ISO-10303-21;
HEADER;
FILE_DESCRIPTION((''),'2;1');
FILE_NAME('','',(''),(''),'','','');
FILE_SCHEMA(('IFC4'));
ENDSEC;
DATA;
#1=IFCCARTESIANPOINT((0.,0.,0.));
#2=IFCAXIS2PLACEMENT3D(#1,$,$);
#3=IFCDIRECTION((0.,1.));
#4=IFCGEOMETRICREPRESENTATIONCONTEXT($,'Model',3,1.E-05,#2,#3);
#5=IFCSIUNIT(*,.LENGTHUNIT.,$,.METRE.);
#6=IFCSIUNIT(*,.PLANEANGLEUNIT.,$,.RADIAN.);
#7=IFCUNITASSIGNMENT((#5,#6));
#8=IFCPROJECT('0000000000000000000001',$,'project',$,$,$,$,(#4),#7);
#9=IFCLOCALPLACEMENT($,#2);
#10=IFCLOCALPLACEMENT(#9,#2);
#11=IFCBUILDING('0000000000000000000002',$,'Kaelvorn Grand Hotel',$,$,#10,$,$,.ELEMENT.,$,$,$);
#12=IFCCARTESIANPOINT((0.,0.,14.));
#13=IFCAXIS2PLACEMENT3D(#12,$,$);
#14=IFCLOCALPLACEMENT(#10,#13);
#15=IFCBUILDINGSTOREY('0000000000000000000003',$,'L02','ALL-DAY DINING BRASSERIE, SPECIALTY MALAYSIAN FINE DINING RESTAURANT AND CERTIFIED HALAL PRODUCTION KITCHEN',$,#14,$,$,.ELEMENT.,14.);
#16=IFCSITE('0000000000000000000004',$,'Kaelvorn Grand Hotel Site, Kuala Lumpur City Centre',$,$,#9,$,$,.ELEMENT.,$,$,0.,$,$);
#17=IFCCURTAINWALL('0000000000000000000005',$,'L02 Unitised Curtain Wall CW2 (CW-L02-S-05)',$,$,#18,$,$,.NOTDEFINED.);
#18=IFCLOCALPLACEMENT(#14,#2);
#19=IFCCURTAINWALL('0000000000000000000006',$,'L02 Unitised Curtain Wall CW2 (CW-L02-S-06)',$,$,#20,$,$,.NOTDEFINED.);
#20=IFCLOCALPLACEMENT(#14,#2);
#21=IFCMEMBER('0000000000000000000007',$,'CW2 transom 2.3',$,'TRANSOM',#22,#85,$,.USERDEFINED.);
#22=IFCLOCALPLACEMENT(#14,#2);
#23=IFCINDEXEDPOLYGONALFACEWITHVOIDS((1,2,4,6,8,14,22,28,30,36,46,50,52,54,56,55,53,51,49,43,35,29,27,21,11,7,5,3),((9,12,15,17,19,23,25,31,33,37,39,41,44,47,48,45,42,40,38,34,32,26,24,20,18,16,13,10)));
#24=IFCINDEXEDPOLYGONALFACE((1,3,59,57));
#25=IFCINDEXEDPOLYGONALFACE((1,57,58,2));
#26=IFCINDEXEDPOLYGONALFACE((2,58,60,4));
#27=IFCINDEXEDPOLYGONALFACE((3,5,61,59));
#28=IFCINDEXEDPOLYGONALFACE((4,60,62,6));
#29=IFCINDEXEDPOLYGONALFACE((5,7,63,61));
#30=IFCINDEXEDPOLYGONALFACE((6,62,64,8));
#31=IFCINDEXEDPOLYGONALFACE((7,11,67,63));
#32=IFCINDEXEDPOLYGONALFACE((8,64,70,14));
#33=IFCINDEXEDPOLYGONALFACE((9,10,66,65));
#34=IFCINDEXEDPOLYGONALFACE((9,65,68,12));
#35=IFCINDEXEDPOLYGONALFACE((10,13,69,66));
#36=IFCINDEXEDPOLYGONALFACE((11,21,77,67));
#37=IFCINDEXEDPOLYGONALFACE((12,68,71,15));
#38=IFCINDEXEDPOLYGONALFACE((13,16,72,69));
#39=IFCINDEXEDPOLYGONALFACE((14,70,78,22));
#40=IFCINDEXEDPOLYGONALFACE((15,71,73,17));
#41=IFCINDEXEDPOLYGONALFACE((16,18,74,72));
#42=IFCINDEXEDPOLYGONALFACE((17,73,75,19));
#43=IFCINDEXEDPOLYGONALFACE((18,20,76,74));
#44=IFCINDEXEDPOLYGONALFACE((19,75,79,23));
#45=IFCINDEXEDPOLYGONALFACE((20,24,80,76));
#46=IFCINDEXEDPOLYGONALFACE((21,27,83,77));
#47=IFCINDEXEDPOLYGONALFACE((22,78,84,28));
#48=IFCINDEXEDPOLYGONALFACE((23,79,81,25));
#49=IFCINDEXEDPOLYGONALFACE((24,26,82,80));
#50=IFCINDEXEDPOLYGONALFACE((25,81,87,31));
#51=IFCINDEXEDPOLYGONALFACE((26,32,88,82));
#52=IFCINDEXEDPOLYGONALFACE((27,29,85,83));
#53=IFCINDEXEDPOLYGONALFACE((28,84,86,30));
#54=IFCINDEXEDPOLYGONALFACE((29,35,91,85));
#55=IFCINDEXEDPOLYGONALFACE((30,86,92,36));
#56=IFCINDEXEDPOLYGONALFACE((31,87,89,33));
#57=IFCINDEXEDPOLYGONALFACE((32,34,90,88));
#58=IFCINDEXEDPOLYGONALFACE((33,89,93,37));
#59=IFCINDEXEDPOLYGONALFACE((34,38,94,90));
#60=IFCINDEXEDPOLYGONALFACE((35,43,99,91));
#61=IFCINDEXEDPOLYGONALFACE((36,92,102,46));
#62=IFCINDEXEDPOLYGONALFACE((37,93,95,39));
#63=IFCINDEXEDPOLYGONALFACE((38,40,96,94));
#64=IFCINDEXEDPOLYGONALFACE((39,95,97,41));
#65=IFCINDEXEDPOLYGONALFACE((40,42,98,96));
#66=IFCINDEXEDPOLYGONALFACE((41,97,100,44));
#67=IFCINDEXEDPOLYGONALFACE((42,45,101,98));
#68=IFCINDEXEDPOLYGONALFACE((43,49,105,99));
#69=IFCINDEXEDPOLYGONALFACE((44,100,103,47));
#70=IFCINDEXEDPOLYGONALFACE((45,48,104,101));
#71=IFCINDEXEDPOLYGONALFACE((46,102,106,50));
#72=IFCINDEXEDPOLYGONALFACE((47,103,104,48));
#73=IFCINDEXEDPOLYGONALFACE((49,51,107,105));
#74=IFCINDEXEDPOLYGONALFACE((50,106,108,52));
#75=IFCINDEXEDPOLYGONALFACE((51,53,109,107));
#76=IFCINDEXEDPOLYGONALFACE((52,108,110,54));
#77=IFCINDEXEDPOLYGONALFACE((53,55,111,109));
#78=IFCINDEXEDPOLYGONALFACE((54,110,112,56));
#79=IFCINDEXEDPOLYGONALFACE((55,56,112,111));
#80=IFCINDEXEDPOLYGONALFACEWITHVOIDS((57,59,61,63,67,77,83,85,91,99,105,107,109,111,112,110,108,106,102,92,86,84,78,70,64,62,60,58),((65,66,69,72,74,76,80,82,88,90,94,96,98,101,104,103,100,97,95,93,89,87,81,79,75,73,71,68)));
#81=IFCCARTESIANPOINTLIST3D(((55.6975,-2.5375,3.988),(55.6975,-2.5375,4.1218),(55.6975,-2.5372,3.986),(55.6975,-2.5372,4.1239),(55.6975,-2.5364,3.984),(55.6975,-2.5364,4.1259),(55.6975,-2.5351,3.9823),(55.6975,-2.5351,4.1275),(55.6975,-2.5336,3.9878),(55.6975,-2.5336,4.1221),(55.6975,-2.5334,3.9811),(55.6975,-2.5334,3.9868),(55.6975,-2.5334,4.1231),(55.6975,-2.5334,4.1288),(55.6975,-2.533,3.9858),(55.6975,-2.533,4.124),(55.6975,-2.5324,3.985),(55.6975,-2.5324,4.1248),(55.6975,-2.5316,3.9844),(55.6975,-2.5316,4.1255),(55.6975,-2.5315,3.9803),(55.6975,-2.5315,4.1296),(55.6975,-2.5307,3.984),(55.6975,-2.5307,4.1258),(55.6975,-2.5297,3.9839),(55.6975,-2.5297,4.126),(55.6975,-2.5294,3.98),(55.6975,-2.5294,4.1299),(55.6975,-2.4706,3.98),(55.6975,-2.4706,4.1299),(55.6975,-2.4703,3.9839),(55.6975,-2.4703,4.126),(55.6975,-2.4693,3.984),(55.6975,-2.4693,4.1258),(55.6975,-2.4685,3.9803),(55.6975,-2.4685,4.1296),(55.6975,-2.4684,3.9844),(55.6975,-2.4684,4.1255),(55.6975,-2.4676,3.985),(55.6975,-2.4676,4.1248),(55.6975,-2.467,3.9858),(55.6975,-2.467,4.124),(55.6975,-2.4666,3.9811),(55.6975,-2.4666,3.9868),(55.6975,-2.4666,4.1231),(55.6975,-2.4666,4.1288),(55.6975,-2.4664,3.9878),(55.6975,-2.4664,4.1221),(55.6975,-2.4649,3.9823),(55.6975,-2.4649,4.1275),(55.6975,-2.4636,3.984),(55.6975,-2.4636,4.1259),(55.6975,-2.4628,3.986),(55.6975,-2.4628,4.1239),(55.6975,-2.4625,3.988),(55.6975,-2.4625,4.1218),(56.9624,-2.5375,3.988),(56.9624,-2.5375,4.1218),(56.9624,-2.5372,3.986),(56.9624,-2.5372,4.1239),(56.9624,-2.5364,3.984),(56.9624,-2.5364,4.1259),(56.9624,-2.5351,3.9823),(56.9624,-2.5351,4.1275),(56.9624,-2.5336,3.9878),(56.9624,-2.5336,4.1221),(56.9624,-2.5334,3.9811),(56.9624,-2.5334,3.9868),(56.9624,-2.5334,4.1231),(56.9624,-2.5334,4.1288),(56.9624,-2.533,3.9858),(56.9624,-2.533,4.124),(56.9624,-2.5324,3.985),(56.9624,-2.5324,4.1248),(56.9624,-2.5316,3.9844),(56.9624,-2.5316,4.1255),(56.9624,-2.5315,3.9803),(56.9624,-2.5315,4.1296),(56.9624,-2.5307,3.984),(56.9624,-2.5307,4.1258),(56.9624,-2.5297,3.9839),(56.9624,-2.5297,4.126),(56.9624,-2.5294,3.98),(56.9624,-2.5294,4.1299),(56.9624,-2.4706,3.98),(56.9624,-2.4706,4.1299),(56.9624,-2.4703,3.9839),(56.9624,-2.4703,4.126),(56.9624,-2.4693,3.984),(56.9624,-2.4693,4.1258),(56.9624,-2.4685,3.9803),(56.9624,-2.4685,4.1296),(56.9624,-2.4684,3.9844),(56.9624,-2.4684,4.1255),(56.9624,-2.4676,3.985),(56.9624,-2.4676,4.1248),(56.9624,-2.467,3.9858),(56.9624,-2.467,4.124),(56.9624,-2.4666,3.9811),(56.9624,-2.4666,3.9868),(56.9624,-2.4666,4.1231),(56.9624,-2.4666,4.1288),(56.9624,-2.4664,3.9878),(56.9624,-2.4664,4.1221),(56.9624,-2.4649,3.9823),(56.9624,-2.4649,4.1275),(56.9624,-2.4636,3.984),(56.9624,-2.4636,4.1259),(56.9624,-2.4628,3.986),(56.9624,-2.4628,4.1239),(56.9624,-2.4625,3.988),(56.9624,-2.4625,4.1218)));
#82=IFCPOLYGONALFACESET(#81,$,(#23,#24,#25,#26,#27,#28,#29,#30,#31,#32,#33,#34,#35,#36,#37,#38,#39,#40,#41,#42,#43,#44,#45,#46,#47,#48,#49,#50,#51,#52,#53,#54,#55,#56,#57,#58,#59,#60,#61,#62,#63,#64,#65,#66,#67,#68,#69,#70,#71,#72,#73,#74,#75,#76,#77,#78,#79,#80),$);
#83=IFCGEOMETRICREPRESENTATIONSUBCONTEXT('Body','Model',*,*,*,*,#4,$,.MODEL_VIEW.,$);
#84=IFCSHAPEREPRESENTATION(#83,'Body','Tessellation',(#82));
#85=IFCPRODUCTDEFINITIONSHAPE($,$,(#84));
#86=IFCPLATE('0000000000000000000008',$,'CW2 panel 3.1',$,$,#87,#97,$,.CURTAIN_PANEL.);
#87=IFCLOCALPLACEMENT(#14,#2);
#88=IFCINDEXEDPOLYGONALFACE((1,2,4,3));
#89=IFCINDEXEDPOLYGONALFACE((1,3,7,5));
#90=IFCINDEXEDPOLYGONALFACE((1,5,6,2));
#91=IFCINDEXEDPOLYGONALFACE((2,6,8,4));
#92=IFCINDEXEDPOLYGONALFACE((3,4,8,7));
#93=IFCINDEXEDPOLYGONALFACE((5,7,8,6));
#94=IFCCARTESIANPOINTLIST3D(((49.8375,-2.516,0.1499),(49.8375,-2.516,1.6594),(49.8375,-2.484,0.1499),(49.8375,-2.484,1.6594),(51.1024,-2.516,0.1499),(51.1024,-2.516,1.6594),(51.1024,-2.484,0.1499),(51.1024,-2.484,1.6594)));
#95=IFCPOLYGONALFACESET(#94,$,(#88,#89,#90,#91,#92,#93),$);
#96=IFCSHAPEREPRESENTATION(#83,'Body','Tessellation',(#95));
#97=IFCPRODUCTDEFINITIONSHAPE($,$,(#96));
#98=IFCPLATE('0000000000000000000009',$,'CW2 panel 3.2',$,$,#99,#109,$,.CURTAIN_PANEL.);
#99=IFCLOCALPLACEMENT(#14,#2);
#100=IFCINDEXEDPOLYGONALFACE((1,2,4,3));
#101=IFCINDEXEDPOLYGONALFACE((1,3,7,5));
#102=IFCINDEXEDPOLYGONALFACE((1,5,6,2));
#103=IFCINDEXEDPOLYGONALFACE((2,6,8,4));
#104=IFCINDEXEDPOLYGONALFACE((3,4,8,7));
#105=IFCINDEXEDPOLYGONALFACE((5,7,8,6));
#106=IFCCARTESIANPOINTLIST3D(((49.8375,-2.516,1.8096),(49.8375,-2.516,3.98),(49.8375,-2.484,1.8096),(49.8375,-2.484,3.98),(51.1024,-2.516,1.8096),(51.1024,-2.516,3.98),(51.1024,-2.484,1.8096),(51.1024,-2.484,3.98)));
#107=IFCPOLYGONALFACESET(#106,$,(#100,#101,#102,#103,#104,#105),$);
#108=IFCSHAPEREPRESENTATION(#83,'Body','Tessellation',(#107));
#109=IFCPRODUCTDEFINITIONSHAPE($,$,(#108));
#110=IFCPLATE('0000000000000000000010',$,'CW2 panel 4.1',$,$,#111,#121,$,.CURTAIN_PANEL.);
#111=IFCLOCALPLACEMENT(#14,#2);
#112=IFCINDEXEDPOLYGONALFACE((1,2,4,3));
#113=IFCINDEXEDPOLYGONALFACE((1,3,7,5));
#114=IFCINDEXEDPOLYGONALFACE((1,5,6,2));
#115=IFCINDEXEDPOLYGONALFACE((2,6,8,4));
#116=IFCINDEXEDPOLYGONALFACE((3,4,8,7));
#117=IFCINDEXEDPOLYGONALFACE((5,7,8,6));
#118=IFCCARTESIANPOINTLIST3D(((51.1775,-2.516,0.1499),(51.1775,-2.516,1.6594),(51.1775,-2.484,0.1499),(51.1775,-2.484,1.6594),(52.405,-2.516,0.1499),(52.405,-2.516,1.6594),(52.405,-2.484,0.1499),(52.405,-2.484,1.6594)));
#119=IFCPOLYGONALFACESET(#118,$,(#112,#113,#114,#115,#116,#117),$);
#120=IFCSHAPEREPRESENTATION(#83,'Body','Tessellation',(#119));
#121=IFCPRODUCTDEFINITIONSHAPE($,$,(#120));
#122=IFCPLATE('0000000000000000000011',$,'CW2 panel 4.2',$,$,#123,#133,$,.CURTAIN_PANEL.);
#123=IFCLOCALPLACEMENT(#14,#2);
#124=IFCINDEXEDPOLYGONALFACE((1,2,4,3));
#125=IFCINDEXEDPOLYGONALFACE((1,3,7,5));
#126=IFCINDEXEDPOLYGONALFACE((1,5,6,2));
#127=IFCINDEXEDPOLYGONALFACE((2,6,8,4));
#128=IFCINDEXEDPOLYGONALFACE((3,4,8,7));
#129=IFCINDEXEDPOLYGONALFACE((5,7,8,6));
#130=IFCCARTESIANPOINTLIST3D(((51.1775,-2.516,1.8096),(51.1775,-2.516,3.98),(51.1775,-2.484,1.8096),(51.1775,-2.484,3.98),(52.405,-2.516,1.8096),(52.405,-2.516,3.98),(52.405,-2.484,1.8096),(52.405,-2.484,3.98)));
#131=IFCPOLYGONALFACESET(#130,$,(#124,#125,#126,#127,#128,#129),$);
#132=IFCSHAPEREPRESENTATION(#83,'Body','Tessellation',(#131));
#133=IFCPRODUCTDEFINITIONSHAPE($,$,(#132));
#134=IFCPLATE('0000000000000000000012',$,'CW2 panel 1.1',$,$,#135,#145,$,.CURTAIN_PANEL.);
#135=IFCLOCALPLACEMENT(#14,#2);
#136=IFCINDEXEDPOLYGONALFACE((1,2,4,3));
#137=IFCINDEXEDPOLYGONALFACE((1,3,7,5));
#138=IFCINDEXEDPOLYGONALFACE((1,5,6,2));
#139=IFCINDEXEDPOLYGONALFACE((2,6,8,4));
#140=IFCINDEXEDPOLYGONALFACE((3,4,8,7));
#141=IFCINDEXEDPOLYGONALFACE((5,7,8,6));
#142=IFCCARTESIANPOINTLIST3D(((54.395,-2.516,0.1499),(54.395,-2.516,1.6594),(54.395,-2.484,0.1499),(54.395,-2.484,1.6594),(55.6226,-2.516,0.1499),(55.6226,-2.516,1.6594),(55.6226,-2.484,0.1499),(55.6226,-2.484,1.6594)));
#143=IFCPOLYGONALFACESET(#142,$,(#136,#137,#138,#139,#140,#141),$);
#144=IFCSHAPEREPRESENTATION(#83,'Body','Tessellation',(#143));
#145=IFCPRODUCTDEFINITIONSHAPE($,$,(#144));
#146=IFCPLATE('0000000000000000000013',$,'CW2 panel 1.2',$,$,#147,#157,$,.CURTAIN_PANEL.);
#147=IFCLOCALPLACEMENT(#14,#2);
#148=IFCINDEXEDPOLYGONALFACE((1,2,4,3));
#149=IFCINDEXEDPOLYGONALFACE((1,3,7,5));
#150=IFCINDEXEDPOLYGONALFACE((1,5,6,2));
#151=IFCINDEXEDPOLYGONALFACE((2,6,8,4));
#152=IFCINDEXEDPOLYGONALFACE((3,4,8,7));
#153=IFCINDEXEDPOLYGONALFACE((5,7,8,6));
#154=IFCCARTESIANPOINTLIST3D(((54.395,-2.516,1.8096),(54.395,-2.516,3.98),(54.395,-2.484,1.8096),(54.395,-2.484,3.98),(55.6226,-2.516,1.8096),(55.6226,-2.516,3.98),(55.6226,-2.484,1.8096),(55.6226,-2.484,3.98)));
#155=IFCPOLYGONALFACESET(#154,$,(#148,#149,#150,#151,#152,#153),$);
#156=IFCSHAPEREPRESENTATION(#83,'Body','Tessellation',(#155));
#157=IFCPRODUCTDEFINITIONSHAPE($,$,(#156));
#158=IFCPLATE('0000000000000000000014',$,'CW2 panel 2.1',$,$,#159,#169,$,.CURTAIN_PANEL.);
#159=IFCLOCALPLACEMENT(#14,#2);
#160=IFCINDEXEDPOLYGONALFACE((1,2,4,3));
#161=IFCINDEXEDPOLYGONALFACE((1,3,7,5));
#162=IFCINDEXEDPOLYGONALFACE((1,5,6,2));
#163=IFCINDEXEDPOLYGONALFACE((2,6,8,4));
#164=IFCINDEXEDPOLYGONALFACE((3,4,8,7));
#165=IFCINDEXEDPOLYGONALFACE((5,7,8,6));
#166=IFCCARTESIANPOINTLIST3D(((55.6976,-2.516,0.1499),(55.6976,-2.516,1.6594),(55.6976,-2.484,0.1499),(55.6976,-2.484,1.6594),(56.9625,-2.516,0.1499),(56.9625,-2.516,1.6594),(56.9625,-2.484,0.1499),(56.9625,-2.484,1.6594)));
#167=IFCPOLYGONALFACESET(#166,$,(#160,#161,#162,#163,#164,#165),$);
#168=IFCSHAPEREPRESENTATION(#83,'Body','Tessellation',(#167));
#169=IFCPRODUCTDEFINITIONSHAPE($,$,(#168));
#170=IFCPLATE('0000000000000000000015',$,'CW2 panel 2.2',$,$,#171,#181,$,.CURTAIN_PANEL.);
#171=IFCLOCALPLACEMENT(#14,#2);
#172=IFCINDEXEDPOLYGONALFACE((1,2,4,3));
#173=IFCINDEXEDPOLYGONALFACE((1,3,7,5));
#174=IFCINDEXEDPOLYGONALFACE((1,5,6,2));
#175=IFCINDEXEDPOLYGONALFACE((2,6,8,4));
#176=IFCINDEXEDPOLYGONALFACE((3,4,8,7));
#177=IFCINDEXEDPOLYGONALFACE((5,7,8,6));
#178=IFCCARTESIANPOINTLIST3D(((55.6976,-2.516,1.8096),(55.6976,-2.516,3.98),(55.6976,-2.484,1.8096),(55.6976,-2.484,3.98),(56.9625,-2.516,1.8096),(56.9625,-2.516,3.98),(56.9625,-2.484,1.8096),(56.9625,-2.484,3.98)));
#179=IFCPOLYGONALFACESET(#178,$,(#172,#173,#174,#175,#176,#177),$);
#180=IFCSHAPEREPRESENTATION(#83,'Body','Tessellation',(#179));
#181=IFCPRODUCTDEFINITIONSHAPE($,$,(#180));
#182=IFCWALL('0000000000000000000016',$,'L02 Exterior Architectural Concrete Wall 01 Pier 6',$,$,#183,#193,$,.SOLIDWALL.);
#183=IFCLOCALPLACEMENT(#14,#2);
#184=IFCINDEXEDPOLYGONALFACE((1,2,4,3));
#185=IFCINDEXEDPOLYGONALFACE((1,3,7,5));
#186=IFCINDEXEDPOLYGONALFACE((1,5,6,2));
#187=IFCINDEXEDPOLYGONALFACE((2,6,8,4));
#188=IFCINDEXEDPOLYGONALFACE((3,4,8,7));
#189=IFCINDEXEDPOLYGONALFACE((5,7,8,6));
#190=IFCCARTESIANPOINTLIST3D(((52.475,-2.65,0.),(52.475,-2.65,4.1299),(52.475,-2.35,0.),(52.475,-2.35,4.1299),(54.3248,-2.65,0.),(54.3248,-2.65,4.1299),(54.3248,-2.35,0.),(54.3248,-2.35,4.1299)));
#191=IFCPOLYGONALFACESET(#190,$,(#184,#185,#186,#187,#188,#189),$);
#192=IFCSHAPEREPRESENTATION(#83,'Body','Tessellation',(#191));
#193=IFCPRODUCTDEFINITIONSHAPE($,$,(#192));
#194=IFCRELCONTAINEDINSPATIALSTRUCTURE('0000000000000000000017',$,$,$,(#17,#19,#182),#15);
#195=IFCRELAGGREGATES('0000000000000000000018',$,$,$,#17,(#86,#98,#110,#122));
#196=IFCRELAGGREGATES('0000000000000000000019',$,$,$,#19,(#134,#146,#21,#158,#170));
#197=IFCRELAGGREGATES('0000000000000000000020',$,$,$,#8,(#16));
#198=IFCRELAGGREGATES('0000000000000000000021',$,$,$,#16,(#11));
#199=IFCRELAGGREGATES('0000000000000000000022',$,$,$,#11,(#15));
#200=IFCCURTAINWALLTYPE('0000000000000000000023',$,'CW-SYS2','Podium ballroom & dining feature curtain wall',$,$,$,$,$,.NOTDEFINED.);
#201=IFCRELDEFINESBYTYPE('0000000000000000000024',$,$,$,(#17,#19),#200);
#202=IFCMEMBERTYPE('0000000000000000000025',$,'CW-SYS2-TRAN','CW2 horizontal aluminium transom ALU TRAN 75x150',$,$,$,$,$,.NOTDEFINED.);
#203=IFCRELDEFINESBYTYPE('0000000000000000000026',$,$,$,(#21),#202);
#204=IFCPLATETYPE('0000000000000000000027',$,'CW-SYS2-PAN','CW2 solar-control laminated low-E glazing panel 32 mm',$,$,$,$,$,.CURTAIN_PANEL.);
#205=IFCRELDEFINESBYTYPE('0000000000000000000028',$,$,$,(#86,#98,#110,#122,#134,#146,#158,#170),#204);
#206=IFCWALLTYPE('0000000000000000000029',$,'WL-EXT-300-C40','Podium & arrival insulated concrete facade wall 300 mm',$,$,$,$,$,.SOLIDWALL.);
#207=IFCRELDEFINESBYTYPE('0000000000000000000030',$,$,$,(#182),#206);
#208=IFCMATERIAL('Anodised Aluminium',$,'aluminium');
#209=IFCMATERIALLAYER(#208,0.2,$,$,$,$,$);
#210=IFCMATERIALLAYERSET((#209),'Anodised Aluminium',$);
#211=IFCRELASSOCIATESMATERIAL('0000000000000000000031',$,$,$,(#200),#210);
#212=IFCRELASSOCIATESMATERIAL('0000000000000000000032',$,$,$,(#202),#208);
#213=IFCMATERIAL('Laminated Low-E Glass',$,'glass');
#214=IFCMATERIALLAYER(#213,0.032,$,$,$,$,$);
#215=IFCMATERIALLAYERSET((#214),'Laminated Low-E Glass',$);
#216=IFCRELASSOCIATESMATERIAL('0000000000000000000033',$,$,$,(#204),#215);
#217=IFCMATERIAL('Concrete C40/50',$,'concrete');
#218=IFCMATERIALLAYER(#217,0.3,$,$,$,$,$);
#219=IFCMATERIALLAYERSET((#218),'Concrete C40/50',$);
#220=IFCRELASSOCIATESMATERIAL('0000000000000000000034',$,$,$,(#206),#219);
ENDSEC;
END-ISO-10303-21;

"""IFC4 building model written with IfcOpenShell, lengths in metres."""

from ifc_helpers import new_model, si_unit, direction, frame, frame_2d, origin, origin_2d, place, context, subcontext, project, spatial, rectangle, hollow_rectangle, extrude, material, layer, layer_set, material_profile, profile_set, type_object, element, aggregate, save


model = new_model("IFC4")

# Units and contexts
model_context = context("Model", 3, precision=1e-05, world=origin(), true_north=direction((0.0, 1.0)))
body_context = subcontext(model_context, "Body", "Model", "MODEL_VIEW")
ifc_project = project(units=[si_unit("LENGTHUNIT", "METRE"), si_unit("PLANEANGLEUNIT", "RADIAN")], contexts=[model_context])

# Site, building, storey
site_placement = place(None, origin())
site = spatial("IfcSite", under=ifc_project, at=site_placement, Name="Kaelvorn Grand Hotel Site, Kuala Lumpur City Centre", CompositionType="ELEMENT", RefElevation=0.0)
building_placement = place(site_placement, origin())
building = spatial("IfcBuilding", under=site, at=building_placement, Name="Kaelvorn Grand Hotel", CompositionType="ELEMENT")
storey_placement = place(building_placement, frame((0.0, 0.0, 14.0)))
storey = spatial("IfcBuildingStorey", under=building, at=storey_placement, Name="L02", Description="ALL-DAY DINING BRASSERIE, SPECIALTY MALAYSIAN FINE DINING RESTAURANT AND CERTIFIED HALAL PRODUCTION KITCHEN", CompositionType="ELEMENT", Elevation=14.0)

# Curtain walls
ifc_material_1 = material(Name="Anodised Aluminium", Category="aluminium")
ifc_layer_1 = layer(ifc_material_1, 0.2)
ifc_layer_set_1 = layer_set([ifc_layer_1], Name="Anodised Aluminium")
curtain_wall_type = type_object("IfcCurtainWallType", Name="CW-SYS2", Description="Podium ballroom & dining feature curtain wall", PredefinedType="NOTDEFINED", material=ifc_layer_set_1)
curtain_wall_1_placement = place(storey_placement, origin())
curtain_wall_1 = element("IfcCurtainWall", 1, at=curtain_wall_1_placement, inside=storey, type_object=curtain_wall_type, Name="L02 Unitised Curtain Wall CW2 (CW-L02-S-05)", PredefinedType="NOTDEFINED")
curtain_wall_2_placement = place(storey_placement, origin())
curtain_wall_2 = element("IfcCurtainWall", 2, at=curtain_wall_2_placement, inside=storey, type_object=curtain_wall_type, Name="L02 Unitised Curtain Wall CW2 (CW-L02-S-06)", PredefinedType="NOTDEFINED")

# Member
ifc_material_profile_1 = material_profile(ifc_material_1, hollow_rectangle(XDim=0.075, YDim=0.1499, WallThickness=0.0039, InnerFilletRadius=0.0039, OuterFilletRadius=0.0081, at=origin_2d()), Name="ALU TRAN 75x150")
ifc_profile_set_1 = profile_set([ifc_material_profile_1], Name="Anodised Aluminium")
member_type_1 = type_object("IfcMemberType", Name="CW-SYS2-TRAN", Description="CW2 horizontal aluminium transom ALU TRAN 75x150", PredefinedType="NOTDEFINED", material=ifc_profile_set_1)
member_1_placement = place(storey_placement, frame((55.6975, -2.5, 4.0549), z_axis=(1.0, 0.0, 0.0), x_axis=(0.0, 1.0, 0.0)))
member_1 = element("IfcMember", 3, at=member_1_placement, type_object=member_type_1, Name="CW2 transom 2.3", ObjectType="TRANSOM", PredefinedType="USERDEFINED", context=body_context, shape_type="SweptSolid", body=[
    extrude(hollow_rectangle(XDim=0.075, YDim=0.1499, WallThickness=0.0039, InnerFilletRadius=0.0039, OuterFilletRadius=0.0081, at=origin_2d()), origin(), (0.0, 0.0, 1.0), 1.2649),
])

# Plates
ifc_material_2 = material(Name="Laminated Low-E Glass", Category="glass")
ifc_layer_2 = layer(ifc_material_2, 0.032)
ifc_layer_set_2 = layer_set([ifc_layer_2], Name="Laminated Low-E Glass")
plate_type = type_object("IfcPlateType", Name="CW-SYS2-PAN", Description="CW2 solar-control laminated low-E glazing panel 32 mm", PredefinedType="CURTAIN_PANEL", material=ifc_layer_set_2)
plate_1_placement = place(storey_placement, frame((50.47, -2.5, 0.1499), z_axis=(0.0, 0.0, 1.0), x_axis=(1.0, 0.0, 0.0)))
plate_1 = element("IfcPlate", 4, at=plate_1_placement, type_object=plate_type, Name="CW2 panel 3.1", PredefinedType="CURTAIN_PANEL", context=body_context, shape_type="SweptSolid", body=[
    extrude(rectangle(XDim=1.2649, YDim=0.032, at=origin_2d()), origin(), (0.0, 0.0, 1.0), 1.5095),
])
plate_2_placement = place(storey_placement, frame((50.47, -2.5, 1.8096), z_axis=(0.0, 0.0, 1.0), x_axis=(1.0, 0.0, 0.0)))
plate_2 = element("IfcPlate", 5, at=plate_2_placement, type_object=plate_type, Name="CW2 panel 3.2", PredefinedType="CURTAIN_PANEL", context=body_context, shape_type="SweptSolid", body=[
    extrude(rectangle(XDim=1.2649, YDim=0.032, at=origin_2d()), origin(), (0.0, 0.0, 1.0), 2.1704),
])
plate_3_placement = place(storey_placement, frame((51.7913, -2.5, 0.1499), z_axis=(0.0, 0.0, 1.0), x_axis=(1.0, 0.0, 0.0)))
plate_3 = element("IfcPlate", 6, at=plate_3_placement, type_object=plate_type, Name="CW2 panel 4.1", PredefinedType="CURTAIN_PANEL", context=body_context, shape_type="SweptSolid", body=[
    extrude(rectangle(XDim=1.2275, YDim=0.032, at=origin_2d()), origin(), (0.0, 0.0, 1.0), 1.5095),
])
plate_4_placement = place(storey_placement, frame((51.7913, -2.5, 1.8096), z_axis=(0.0, 0.0, 1.0), x_axis=(1.0, 0.0, 0.0)))
plate_4 = element("IfcPlate", 7, at=plate_4_placement, type_object=plate_type, Name="CW2 panel 4.2", PredefinedType="CURTAIN_PANEL", context=body_context, shape_type="SweptSolid", body=[
    extrude(rectangle(XDim=1.2275, YDim=0.032, at=origin_2d()), origin(), (0.0, 0.0, 1.0), 2.1704),
])
aggregate(curtain_wall_1, [plate_1, plate_2, plate_3, plate_4])
plate_5_placement = place(storey_placement, frame((55.0088, -2.5, 0.1499), z_axis=(0.0, 0.0, 1.0), x_axis=(1.0, 0.0, 0.0)))
plate_5 = element("IfcPlate", 8, at=plate_5_placement, type_object=plate_type, Name="CW2 panel 1.1", PredefinedType="CURTAIN_PANEL", context=body_context, shape_type="SweptSolid", body=[
    extrude(rectangle(XDim=1.2275, YDim=0.032, at=origin_2d()), origin(), (0.0, 0.0, 1.0), 1.5095),
])
plate_6_placement = place(storey_placement, frame((55.0088, -2.5, 1.8096), z_axis=(0.0, 0.0, 1.0), x_axis=(1.0, 0.0, 0.0)))
plate_6 = element("IfcPlate", 9, at=plate_6_placement, type_object=plate_type, Name="CW2 panel 1.2", PredefinedType="CURTAIN_PANEL", context=body_context, shape_type="SweptSolid", body=[
    extrude(rectangle(XDim=1.2275, YDim=0.032, at=origin_2d()), origin(), (0.0, 0.0, 1.0), 2.1704),
])
plate_7_placement = place(storey_placement, frame((56.3301, -2.5, 0.1499), z_axis=(0.0, 0.0, 1.0), x_axis=(1.0, 0.0, 0.0)))
plate_7 = element("IfcPlate", 10, at=plate_7_placement, type_object=plate_type, Name="CW2 panel 2.1", PredefinedType="CURTAIN_PANEL", context=body_context, shape_type="SweptSolid", body=[
    extrude(rectangle(XDim=1.2649, YDim=0.032, at=origin_2d()), origin(), (0.0, 0.0, 1.0), 1.5095),
])
plate_8_placement = place(storey_placement, frame((56.3301, -2.5, 1.8096), z_axis=(0.0, 0.0, 1.0), x_axis=(1.0, 0.0, 0.0)))
plate_8 = element("IfcPlate", 11, at=plate_8_placement, type_object=plate_type, Name="CW2 panel 2.2", PredefinedType="CURTAIN_PANEL", context=body_context, shape_type="SweptSolid", body=[
    extrude(rectangle(XDim=1.2649, YDim=0.032, at=origin_2d()), origin(), (0.0, 0.0, 1.0), 2.1704),
])
aggregate(curtain_wall_2, [plate_5, plate_6, member_1, plate_7, plate_8])

# Wall
ifc_material_3 = material(Name="Concrete C40/50", Category="concrete")
ifc_layer_3 = layer(ifc_material_3, 0.3)
ifc_layer_set_3 = layer_set([ifc_layer_3], Name="Concrete C40/50")
wall_type_1 = type_object("IfcWallType", Name="WL-EXT-300-C40", Description="Podium & arrival insulated concrete facade wall 300 mm", PredefinedType="SOLIDWALL", material=ifc_layer_set_3)
wall_1_placement = place(storey_placement, frame((52.4751, -2.5, 0.0), z_axis=(0.0, 0.0, 1.0), x_axis=(1.0, 0.0, 0.0)))
element("IfcWall", 12, at=wall_1_placement, inside=storey, type_object=wall_type_1, Name="L02 Exterior Architectural Concrete Wall 01 Pier 6", PredefinedType="SOLIDWALL", context=body_context, shape_type="SweptSolid", body=[
    extrude(rectangle(XDim=1.8499, YDim=0.3, at=frame_2d((0.9248, 0.0))), origin(), (0.0, 0.0, 1.0), 4.1299),
])

save(model, "model.ifc")
